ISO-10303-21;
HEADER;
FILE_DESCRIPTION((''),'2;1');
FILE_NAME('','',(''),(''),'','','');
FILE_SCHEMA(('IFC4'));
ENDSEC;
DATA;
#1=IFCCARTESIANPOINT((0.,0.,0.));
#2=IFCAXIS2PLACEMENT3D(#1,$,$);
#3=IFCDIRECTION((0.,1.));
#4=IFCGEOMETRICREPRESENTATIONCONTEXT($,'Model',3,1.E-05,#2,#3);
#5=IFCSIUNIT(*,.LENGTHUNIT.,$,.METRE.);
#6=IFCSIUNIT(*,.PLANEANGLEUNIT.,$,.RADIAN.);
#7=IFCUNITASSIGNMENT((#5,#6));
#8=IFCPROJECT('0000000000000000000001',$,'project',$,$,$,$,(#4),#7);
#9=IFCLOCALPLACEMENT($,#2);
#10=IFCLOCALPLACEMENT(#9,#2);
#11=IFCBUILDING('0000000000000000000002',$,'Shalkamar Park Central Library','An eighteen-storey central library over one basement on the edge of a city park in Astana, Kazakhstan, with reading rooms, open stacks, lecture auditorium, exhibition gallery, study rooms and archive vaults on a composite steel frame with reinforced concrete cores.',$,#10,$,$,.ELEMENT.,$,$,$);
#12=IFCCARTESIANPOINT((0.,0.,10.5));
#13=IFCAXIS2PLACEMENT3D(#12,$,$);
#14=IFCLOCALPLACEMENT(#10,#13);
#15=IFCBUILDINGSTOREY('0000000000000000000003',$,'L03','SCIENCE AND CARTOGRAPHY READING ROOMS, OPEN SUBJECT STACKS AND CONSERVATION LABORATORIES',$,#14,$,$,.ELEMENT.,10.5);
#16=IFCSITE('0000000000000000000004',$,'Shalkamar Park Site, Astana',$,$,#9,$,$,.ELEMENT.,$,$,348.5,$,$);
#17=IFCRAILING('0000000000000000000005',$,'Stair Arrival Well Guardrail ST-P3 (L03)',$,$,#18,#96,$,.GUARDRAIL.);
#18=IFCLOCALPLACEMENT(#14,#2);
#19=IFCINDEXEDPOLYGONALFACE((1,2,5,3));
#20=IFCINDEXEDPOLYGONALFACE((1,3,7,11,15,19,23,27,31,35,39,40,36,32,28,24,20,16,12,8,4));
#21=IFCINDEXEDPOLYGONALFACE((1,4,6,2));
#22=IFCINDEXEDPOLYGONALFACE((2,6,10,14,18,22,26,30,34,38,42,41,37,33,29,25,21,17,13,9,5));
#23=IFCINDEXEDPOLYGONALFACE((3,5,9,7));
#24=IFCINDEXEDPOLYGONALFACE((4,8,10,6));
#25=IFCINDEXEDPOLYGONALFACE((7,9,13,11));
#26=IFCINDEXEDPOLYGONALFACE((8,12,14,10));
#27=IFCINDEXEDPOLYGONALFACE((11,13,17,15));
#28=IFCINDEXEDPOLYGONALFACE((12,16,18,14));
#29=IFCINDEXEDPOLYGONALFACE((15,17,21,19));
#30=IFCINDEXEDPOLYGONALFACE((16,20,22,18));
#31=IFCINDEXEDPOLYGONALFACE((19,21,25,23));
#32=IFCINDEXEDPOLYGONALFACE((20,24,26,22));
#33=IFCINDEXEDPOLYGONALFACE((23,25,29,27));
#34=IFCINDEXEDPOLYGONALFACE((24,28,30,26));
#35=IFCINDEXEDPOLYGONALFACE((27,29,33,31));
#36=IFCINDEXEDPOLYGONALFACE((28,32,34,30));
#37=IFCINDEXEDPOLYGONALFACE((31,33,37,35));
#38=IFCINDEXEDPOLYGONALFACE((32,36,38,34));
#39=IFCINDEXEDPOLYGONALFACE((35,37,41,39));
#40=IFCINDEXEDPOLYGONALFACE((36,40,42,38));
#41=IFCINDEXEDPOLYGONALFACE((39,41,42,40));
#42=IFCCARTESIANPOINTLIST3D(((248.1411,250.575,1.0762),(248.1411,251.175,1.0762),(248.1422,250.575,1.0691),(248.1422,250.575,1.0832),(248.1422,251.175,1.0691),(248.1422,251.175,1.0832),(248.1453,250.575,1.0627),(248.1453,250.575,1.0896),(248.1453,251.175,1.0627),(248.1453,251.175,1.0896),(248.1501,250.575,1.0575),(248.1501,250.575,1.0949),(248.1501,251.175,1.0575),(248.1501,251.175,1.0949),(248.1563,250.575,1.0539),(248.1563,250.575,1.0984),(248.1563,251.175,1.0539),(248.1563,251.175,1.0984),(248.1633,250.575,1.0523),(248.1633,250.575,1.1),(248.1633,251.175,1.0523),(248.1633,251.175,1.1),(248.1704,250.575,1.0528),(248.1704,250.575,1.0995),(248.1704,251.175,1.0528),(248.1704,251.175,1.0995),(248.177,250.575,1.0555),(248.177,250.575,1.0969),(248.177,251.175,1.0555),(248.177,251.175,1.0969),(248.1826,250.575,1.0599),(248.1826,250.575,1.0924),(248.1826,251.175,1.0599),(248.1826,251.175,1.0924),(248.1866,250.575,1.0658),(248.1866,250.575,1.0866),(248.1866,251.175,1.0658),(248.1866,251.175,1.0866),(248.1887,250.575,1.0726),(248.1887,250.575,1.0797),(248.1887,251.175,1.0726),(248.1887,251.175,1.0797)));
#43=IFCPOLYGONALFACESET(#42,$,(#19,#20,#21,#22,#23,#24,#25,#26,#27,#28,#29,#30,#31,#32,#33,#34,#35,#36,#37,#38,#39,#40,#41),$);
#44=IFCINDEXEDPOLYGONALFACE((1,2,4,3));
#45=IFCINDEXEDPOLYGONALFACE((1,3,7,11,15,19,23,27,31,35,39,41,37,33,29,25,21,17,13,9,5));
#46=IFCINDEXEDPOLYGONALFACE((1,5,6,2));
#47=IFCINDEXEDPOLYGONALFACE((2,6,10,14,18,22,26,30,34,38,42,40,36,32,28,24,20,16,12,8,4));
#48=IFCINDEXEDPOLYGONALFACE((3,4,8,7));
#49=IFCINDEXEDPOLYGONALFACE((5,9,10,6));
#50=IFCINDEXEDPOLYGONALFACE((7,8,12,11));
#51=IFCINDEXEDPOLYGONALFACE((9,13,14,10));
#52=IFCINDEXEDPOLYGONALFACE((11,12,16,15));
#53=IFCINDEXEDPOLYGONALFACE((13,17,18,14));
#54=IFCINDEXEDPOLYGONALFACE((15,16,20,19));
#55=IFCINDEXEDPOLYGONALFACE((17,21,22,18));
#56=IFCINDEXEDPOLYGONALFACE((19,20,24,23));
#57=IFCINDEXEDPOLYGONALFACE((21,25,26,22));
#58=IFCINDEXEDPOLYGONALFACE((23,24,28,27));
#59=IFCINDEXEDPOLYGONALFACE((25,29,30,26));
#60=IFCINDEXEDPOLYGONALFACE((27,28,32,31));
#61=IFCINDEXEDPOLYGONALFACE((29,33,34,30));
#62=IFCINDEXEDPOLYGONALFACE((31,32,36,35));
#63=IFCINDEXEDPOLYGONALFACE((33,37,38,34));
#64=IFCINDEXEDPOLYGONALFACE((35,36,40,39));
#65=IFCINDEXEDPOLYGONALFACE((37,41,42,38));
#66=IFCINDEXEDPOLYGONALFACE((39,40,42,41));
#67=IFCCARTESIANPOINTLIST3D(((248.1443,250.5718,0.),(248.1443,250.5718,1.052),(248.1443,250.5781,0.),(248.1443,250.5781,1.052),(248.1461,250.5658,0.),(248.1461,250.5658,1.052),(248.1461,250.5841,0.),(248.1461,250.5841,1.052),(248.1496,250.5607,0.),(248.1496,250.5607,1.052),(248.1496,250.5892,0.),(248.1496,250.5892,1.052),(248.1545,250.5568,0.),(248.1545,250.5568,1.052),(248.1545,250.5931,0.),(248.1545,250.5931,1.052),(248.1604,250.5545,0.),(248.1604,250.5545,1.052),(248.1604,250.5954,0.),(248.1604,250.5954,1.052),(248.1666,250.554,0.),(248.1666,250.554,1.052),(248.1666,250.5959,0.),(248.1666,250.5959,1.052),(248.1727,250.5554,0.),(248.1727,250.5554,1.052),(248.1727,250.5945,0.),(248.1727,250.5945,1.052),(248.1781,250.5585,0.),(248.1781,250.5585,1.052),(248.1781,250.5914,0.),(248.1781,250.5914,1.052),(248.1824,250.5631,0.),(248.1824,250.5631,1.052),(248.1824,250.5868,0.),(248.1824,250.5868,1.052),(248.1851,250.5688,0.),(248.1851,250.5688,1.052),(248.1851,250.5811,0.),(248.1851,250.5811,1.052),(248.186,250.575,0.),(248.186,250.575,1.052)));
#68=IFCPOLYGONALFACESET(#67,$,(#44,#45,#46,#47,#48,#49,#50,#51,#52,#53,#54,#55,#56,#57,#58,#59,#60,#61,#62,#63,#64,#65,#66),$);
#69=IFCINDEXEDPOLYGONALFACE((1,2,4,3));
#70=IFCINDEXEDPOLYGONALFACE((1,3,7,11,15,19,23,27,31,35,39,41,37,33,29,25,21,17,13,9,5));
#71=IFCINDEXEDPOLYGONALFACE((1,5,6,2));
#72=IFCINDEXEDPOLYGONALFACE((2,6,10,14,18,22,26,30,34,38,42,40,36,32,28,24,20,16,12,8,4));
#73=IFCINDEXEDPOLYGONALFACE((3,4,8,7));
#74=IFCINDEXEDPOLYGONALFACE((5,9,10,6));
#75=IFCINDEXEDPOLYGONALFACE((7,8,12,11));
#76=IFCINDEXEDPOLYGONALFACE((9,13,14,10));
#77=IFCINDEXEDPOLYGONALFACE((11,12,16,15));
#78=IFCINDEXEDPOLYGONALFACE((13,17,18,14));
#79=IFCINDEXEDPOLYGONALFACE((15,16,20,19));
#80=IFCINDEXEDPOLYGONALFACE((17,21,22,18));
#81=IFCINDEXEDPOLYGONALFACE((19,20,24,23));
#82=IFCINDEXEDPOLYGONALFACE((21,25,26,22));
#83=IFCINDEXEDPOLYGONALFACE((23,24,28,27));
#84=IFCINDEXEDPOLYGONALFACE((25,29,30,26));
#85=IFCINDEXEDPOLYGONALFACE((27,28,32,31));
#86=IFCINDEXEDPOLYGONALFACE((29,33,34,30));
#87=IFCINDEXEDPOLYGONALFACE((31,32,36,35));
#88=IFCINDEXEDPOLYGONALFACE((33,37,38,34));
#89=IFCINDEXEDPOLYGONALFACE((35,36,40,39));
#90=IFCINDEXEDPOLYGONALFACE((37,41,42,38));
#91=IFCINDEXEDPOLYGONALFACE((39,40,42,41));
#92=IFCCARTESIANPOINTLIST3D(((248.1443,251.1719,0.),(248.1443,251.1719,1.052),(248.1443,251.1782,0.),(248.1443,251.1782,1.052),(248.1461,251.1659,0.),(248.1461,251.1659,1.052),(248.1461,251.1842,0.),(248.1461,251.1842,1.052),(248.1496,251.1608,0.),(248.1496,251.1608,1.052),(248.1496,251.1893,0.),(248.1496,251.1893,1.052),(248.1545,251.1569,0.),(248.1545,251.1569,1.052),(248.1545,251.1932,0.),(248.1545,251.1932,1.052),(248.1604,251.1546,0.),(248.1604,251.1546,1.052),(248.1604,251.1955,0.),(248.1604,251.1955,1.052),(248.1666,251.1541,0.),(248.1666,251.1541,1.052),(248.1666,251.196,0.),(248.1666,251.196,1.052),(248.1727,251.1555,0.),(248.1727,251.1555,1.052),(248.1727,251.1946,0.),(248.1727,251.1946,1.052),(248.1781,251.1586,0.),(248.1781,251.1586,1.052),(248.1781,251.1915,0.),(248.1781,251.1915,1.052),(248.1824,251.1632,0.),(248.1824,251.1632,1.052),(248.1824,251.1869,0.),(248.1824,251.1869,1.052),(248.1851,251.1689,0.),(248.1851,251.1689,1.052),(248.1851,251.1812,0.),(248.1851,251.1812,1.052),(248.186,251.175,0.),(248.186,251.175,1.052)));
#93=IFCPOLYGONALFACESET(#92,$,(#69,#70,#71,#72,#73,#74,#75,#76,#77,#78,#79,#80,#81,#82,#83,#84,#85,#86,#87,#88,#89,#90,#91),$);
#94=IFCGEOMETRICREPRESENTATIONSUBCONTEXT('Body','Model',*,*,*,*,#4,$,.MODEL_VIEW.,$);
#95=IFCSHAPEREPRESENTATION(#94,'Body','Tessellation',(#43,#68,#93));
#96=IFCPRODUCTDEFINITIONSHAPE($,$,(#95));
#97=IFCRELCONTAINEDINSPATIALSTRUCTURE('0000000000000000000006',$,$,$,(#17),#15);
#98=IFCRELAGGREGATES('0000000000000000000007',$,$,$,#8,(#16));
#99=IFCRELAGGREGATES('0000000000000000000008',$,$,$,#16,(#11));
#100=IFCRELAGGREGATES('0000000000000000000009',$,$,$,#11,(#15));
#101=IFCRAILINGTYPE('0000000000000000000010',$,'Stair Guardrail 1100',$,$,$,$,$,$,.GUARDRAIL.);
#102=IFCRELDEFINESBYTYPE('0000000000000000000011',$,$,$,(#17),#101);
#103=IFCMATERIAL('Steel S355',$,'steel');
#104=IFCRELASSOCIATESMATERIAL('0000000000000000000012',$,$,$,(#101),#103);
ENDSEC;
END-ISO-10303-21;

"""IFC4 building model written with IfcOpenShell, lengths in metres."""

from ifc_helpers import new_model, si_unit, direction, frame, origin, origin_2d, place, context, subcontext, project, spatial, circle, extrude, material, type_object, element, save


model = new_model("IFC4")

# Units and contexts
model_context = context("Model", 3, precision=1e-05, world=origin(), true_north=direction((0.0, 1.0)))
body_context = subcontext(model_context, "Body", "Model", "MODEL_VIEW")
ifc_project = project(units=[si_unit("LENGTHUNIT", "METRE"), si_unit("PLANEANGLEUNIT", "RADIAN")], contexts=[model_context])

# Site, building, storey
site_placement = place(None, origin())
site = spatial("IfcSite", under=ifc_project, at=site_placement, Name="Shalkamar Park Site, Astana", CompositionType="ELEMENT", RefElevation=348.5)
building_placement = place(site_placement, origin())
building = spatial("IfcBuilding", under=site, at=building_placement, Name="Shalkamar Park Central Library", Description="An eighteen-storey central library over one basement on the edge of a city park in Astana, Kazakhstan, with reading rooms, open stacks, lecture auditorium, exhibition gallery, study rooms and archive vaults on a composite steel frame with reinforced concrete cores.", CompositionType="ELEMENT")
storey_placement = place(building_placement, frame((0.0, 0.0, 10.5)))
storey = spatial("IfcBuildingStorey", under=building, at=storey_placement, Name="L03", Description="SCIENCE AND CARTOGRAPHY READING ROOMS, OPEN SUBJECT STACKS AND CONSERVATION LABORATORIES", CompositionType="ELEMENT", Elevation=10.5)

# Shared definitions
ifc_material_1 = material(Name="Steel S355", Category="steel")

# Railing
railing_type = type_object("IfcRailingType", Name="Stair Guardrail 1100", PredefinedType="GUARDRAIL", material=ifc_material_1)
railing_placement = place(storey_placement, frame((248.165, 250.575, 0.0)))
element("IfcRailing", 1, at=railing_placement, inside=storey, type_object=railing_type, Name="Stair Arrival Well Guardrail ST-P3 (L03)", PredefinedType="GUARDRAIL", context=body_context, shape_type="SweptSolid", body=[
    extrude(circle(Radius=0.0239, at=origin_2d()), frame((0.0, 0.0, 1.0762), z_axis=(0.0, 1.0, 0.0), x_axis=(-1.0, 0.0, 0.0)), (0.0, 0.0, 1.0), 0.6001),
    extrude(circle(Radius=0.021, at=origin_2d()), origin(), (0.0, 0.0, 1.0), 1.052),
    extrude(circle(Radius=0.021, at=origin_2d()), frame((0.0, 0.6001, 0.0)), (0.0, 0.0, 1.0), 1.052),
])

save(model, "model.ifc")
